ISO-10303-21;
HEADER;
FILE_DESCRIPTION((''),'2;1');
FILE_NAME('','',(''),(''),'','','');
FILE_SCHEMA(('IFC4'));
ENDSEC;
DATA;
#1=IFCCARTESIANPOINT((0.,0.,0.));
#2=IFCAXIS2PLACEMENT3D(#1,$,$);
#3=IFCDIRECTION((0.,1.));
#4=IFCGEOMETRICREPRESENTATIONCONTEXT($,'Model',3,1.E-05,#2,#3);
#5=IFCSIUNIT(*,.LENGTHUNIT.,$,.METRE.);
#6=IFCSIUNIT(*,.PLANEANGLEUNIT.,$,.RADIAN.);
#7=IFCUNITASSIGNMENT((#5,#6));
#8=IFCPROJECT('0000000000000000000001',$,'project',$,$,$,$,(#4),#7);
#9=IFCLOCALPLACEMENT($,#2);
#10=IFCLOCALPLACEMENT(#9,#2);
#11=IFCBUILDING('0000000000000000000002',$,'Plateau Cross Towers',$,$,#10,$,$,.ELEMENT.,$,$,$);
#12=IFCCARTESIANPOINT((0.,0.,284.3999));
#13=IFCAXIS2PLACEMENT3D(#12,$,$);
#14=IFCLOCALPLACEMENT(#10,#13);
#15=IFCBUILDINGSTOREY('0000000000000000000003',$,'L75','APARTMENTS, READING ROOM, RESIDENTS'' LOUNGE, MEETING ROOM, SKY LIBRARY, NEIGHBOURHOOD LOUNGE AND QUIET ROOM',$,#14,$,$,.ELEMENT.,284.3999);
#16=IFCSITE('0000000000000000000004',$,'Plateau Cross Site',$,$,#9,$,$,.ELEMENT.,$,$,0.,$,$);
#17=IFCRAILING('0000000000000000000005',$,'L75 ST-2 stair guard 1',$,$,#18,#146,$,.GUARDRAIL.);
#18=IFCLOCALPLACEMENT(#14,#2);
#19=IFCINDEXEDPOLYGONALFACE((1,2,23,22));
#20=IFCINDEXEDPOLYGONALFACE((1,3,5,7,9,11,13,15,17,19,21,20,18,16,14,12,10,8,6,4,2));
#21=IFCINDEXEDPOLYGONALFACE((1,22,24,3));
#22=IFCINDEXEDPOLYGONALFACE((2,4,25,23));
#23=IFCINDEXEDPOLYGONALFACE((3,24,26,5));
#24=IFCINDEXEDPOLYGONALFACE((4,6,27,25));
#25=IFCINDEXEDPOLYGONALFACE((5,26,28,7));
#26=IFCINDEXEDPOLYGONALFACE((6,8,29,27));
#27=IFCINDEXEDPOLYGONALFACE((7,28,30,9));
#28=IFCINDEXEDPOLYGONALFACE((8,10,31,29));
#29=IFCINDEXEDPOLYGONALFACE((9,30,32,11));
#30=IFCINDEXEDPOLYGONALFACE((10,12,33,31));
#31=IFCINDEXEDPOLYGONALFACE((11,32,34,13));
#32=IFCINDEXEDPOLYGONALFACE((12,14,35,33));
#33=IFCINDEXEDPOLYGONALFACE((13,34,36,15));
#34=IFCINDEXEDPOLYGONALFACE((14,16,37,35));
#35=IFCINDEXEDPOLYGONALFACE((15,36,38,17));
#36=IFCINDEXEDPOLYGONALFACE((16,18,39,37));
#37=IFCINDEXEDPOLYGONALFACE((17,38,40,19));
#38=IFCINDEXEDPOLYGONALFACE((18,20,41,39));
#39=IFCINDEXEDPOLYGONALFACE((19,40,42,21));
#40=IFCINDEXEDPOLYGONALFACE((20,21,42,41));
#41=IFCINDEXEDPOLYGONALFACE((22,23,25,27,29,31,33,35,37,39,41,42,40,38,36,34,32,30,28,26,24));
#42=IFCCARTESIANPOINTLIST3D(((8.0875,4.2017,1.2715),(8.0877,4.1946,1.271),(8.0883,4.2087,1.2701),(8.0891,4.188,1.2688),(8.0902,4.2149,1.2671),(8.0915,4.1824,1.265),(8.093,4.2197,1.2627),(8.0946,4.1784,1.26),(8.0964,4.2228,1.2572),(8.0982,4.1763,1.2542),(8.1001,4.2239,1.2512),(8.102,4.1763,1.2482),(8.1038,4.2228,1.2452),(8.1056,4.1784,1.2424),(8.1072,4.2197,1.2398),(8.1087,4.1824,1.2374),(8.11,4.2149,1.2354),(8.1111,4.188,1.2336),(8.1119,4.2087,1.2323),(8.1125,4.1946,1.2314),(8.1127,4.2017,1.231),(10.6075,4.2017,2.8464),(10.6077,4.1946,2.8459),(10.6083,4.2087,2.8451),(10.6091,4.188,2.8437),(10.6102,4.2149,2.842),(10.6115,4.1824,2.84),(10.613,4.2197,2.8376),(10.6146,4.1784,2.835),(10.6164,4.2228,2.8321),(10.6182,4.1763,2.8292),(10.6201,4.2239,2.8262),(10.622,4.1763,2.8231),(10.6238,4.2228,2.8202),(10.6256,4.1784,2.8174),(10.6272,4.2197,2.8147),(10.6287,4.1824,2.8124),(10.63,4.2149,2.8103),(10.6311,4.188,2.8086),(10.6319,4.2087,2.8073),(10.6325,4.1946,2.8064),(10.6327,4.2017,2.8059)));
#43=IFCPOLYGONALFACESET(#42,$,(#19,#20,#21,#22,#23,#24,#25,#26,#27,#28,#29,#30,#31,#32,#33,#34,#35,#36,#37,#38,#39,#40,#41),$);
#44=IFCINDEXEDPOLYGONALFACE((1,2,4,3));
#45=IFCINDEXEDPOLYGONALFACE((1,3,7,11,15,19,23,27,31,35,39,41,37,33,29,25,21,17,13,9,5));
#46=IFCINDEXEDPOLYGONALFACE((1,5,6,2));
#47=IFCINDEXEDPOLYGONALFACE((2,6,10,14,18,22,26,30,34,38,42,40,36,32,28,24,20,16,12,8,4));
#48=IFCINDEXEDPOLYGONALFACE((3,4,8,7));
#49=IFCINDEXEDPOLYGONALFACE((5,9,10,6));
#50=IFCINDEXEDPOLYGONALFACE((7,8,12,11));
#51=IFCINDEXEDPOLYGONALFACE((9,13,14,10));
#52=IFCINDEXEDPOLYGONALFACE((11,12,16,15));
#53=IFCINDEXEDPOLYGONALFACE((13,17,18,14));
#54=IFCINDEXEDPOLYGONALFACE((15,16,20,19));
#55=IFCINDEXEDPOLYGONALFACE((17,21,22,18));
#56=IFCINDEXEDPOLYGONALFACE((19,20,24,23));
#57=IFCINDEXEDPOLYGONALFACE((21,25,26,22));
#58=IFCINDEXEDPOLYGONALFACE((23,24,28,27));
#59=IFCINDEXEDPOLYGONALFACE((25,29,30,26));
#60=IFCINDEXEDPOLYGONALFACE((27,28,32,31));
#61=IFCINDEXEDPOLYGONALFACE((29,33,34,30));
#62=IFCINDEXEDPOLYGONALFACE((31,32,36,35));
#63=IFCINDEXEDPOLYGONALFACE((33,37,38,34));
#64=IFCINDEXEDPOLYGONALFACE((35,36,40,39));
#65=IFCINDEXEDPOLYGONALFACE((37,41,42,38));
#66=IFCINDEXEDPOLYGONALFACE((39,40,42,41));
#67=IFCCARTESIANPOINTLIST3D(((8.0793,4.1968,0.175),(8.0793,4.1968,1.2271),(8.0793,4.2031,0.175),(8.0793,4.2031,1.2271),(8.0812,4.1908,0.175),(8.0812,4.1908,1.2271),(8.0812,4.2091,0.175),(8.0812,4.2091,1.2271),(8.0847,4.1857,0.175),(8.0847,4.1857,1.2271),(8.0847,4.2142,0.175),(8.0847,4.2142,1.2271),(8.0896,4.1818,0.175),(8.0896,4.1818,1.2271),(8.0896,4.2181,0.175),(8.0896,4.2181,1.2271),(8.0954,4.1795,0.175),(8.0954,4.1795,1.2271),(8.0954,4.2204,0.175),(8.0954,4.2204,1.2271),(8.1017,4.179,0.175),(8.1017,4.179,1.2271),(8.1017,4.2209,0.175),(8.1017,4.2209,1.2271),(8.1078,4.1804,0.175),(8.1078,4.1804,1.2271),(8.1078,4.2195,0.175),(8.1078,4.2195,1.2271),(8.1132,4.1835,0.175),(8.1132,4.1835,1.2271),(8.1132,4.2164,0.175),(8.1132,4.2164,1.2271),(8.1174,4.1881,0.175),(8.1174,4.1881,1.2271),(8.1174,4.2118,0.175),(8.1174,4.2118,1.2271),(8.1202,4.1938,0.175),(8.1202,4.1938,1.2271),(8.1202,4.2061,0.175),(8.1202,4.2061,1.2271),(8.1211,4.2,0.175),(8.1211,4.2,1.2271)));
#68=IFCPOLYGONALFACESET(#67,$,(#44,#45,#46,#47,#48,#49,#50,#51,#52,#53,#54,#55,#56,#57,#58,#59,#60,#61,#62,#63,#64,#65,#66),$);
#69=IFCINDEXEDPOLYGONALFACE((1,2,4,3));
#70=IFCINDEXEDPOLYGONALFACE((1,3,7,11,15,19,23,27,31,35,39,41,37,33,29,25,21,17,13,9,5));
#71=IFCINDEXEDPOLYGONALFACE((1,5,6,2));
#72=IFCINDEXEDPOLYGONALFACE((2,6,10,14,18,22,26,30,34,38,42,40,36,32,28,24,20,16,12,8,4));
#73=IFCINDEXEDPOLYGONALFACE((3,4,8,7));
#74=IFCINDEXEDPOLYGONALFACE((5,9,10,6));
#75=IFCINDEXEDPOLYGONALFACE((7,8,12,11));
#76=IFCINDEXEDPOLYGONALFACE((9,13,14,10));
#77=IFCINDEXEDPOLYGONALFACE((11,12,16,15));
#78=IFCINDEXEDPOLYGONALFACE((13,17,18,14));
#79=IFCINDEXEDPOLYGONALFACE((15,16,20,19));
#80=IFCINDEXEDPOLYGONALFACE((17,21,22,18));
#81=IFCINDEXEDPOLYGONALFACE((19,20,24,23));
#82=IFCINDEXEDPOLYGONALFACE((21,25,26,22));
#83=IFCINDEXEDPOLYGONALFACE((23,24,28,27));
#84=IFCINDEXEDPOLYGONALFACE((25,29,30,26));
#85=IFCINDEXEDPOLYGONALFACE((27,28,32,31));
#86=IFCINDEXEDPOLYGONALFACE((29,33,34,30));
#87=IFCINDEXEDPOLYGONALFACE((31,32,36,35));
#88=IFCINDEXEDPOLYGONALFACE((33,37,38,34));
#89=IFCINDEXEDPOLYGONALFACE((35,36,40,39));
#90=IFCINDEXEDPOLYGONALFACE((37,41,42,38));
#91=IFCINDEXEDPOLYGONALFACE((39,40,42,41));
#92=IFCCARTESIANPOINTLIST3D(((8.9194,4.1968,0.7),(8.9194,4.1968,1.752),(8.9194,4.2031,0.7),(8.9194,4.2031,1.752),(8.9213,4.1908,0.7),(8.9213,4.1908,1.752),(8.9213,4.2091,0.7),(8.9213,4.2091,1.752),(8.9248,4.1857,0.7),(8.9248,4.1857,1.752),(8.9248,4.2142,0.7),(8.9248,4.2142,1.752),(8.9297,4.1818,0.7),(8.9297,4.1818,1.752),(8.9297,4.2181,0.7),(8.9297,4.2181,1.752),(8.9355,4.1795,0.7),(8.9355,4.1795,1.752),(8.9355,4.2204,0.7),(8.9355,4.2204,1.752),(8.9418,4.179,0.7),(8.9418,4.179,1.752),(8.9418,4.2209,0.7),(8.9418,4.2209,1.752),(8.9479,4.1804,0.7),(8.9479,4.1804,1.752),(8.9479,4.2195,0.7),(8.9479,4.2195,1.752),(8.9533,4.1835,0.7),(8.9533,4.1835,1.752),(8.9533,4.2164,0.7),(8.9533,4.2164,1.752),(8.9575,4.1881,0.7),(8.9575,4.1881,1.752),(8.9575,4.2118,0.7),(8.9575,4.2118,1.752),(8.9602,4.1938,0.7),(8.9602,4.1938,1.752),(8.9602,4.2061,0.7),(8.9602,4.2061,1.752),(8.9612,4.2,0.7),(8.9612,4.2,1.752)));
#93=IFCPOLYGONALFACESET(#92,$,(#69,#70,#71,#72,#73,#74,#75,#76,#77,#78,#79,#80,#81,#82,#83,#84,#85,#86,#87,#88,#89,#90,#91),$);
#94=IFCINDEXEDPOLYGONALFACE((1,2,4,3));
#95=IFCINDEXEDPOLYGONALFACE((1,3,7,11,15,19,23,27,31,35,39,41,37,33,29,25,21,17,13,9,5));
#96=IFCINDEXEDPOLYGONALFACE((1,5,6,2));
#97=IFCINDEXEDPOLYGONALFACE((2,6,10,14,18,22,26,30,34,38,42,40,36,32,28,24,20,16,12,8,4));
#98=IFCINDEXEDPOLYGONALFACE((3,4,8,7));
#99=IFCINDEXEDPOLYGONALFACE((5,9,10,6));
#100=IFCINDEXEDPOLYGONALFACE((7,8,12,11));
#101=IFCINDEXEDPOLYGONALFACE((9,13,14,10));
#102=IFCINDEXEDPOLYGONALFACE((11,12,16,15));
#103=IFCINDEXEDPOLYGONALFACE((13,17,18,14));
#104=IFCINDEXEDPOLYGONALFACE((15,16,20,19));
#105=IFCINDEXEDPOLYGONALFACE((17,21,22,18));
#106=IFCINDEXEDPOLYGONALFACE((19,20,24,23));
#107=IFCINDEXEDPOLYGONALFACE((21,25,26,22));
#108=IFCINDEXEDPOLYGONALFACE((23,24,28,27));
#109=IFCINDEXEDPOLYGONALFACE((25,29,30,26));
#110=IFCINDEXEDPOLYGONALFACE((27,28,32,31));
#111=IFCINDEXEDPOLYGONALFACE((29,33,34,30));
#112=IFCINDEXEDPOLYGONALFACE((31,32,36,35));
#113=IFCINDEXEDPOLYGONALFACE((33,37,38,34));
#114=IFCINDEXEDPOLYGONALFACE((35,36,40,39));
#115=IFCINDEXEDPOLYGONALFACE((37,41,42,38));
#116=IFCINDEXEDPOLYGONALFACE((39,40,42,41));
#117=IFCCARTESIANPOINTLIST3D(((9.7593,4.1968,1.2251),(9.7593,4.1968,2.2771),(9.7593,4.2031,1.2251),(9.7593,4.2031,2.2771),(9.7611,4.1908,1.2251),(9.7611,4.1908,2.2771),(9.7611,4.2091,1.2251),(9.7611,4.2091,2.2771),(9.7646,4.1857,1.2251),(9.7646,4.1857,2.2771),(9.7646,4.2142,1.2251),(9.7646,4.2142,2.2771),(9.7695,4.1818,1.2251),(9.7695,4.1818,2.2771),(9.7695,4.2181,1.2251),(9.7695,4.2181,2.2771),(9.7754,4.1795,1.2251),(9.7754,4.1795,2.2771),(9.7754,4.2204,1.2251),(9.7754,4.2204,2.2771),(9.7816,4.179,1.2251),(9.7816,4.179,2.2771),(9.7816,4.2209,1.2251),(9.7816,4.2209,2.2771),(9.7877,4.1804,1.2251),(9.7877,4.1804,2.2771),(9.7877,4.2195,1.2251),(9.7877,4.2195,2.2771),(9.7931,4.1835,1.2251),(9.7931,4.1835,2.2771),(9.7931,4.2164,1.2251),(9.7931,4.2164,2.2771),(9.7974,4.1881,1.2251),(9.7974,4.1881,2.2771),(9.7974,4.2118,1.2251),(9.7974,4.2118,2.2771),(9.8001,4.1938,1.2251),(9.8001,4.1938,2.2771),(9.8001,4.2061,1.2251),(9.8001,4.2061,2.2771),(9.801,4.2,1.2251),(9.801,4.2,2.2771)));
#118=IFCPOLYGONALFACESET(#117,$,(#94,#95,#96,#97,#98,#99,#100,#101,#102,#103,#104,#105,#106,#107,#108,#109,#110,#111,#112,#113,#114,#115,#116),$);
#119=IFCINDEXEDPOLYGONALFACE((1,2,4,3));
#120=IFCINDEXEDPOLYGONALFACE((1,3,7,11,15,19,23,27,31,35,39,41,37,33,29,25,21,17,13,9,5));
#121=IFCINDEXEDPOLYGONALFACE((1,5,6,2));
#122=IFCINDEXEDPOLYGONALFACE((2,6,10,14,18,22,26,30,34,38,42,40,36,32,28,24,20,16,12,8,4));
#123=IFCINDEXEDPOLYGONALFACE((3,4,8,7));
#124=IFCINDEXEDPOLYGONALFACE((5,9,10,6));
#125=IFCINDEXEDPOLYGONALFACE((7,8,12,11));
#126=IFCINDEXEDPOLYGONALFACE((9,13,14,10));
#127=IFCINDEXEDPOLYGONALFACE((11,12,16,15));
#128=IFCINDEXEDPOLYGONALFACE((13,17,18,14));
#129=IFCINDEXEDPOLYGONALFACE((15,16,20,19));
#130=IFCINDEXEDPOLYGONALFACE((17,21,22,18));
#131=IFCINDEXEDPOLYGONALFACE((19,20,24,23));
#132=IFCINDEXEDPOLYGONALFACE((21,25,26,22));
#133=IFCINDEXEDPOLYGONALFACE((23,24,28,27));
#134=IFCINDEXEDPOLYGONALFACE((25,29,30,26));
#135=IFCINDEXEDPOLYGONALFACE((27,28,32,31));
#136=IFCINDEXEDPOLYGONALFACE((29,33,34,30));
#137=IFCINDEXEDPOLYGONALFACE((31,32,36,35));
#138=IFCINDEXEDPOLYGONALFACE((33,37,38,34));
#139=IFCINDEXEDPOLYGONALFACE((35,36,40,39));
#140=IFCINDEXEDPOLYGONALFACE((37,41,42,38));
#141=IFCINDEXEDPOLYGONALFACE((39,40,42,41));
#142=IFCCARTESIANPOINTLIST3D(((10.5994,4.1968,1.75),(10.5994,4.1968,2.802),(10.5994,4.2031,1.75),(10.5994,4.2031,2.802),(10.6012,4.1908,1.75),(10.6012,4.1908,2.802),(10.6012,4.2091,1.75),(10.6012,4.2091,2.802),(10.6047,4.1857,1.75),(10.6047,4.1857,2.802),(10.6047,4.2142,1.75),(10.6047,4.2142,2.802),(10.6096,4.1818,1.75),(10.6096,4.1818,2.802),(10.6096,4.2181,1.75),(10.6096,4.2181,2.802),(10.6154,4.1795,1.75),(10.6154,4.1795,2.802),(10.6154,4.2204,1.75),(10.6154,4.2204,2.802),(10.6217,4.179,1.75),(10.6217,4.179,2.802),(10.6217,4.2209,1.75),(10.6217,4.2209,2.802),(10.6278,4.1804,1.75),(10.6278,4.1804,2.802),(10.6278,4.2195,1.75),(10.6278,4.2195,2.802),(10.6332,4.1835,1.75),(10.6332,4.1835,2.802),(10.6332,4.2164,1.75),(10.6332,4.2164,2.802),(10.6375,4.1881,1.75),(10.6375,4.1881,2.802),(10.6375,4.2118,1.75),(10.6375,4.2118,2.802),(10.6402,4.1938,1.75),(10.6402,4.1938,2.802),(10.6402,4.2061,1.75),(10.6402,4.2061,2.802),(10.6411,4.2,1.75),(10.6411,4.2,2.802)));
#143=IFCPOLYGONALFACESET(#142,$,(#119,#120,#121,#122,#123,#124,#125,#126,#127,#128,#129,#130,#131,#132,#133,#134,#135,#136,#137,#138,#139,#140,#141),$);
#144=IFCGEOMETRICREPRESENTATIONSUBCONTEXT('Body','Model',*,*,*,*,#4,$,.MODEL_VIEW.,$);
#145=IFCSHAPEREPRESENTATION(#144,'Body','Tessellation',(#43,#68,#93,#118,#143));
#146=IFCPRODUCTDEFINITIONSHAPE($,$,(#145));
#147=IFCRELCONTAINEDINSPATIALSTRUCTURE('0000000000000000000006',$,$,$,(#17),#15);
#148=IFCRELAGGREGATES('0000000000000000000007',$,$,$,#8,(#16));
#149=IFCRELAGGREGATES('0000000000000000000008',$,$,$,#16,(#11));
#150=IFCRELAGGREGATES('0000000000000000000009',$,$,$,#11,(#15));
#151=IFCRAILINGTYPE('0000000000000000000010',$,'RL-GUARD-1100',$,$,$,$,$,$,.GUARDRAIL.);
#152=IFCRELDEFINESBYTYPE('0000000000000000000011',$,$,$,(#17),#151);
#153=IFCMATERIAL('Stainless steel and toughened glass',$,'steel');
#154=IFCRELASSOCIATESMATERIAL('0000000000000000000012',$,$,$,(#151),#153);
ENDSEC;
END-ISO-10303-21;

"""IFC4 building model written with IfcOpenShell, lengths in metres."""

from ifc_helpers import new_model, si_unit, direction, frame, origin, origin_2d, place, context, subcontext, project, spatial, circle, extrude, material, type_object, element, save


model = new_model("IFC4")

# Units and contexts
model_context = context("Model", 3, precision=1e-05, world=origin(), true_north=direction((0.0, 1.0)))
body_context = subcontext(model_context, "Body", "Model", "MODEL_VIEW")
ifc_project = project(units=[si_unit("LENGTHUNIT", "METRE"), si_unit("PLANEANGLEUNIT", "RADIAN")], contexts=[model_context])

# Site, building, storey
site_placement = place(None, origin())
site = spatial("IfcSite", under=ifc_project, at=site_placement, Name="Plateau Cross Site", CompositionType="ELEMENT", RefElevation=0.0)
building_placement = place(site_placement, origin())
building = spatial("IfcBuilding", under=site, at=building_placement, Name="Plateau Cross Towers", CompositionType="ELEMENT")
storey_placement = place(building_placement, frame((0.0, 0.0, 284.3999)))
storey = spatial("IfcBuildingStorey", under=building, at=storey_placement, Name="L75", Description="APARTMENTS, READING ROOM, RESIDENTS' LOUNGE, MEETING ROOM, SKY LIBRARY, NEIGHBOURHOOD LOUNGE AND QUIET ROOM", CompositionType="ELEMENT", Elevation=284.3999)

# Railing
ifc_material_1 = material(Name="Stainless steel and toughened glass", Category="steel")
railing_type_1 = type_object("IfcRailingType", Name="RL-GUARD-1100", PredefinedType="GUARDRAIL", material=ifc_material_1)
railing_1_placement = place(storey_placement, frame((8.1001, 4.2, 0.175)))
element("IfcRailing", 1, at=railing_1_placement, inside=storey, type_object=railing_type_1, Name="L75 ST-2 stair guard 1", PredefinedType="GUARDRAIL", context=body_context, shape_type="SweptSolid", body=[
    extrude(circle(Radius=0.0239, at=origin_2d()), frame((0.0, 0.0, 1.0762), z_axis=(0.848008, 0.0, 0.529984), x_axis=(0.0, 1.0, 0.0)), (0.0, 0.0, 1.0), 2.9717),
    extrude(circle(Radius=0.021, at=origin_2d()), origin(), (0.0, 0.0, 1.0), 1.052),
    extrude(circle(Radius=0.021, at=origin_2d()), frame((0.8401, 0.0, 0.5249)), (0.0, 0.0, 1.0), 1.052),
    extrude(circle(Radius=0.021, at=origin_2d()), frame((1.6799, 0.0, 1.05)), (0.0, 0.0, 1.0), 1.052),
    extrude(circle(Radius=0.021, at=origin_2d()), frame((2.52, 0.0, 1.575)), (0.0, 0.0, 1.0), 1.052),
])

save(model, "model.ifc")
